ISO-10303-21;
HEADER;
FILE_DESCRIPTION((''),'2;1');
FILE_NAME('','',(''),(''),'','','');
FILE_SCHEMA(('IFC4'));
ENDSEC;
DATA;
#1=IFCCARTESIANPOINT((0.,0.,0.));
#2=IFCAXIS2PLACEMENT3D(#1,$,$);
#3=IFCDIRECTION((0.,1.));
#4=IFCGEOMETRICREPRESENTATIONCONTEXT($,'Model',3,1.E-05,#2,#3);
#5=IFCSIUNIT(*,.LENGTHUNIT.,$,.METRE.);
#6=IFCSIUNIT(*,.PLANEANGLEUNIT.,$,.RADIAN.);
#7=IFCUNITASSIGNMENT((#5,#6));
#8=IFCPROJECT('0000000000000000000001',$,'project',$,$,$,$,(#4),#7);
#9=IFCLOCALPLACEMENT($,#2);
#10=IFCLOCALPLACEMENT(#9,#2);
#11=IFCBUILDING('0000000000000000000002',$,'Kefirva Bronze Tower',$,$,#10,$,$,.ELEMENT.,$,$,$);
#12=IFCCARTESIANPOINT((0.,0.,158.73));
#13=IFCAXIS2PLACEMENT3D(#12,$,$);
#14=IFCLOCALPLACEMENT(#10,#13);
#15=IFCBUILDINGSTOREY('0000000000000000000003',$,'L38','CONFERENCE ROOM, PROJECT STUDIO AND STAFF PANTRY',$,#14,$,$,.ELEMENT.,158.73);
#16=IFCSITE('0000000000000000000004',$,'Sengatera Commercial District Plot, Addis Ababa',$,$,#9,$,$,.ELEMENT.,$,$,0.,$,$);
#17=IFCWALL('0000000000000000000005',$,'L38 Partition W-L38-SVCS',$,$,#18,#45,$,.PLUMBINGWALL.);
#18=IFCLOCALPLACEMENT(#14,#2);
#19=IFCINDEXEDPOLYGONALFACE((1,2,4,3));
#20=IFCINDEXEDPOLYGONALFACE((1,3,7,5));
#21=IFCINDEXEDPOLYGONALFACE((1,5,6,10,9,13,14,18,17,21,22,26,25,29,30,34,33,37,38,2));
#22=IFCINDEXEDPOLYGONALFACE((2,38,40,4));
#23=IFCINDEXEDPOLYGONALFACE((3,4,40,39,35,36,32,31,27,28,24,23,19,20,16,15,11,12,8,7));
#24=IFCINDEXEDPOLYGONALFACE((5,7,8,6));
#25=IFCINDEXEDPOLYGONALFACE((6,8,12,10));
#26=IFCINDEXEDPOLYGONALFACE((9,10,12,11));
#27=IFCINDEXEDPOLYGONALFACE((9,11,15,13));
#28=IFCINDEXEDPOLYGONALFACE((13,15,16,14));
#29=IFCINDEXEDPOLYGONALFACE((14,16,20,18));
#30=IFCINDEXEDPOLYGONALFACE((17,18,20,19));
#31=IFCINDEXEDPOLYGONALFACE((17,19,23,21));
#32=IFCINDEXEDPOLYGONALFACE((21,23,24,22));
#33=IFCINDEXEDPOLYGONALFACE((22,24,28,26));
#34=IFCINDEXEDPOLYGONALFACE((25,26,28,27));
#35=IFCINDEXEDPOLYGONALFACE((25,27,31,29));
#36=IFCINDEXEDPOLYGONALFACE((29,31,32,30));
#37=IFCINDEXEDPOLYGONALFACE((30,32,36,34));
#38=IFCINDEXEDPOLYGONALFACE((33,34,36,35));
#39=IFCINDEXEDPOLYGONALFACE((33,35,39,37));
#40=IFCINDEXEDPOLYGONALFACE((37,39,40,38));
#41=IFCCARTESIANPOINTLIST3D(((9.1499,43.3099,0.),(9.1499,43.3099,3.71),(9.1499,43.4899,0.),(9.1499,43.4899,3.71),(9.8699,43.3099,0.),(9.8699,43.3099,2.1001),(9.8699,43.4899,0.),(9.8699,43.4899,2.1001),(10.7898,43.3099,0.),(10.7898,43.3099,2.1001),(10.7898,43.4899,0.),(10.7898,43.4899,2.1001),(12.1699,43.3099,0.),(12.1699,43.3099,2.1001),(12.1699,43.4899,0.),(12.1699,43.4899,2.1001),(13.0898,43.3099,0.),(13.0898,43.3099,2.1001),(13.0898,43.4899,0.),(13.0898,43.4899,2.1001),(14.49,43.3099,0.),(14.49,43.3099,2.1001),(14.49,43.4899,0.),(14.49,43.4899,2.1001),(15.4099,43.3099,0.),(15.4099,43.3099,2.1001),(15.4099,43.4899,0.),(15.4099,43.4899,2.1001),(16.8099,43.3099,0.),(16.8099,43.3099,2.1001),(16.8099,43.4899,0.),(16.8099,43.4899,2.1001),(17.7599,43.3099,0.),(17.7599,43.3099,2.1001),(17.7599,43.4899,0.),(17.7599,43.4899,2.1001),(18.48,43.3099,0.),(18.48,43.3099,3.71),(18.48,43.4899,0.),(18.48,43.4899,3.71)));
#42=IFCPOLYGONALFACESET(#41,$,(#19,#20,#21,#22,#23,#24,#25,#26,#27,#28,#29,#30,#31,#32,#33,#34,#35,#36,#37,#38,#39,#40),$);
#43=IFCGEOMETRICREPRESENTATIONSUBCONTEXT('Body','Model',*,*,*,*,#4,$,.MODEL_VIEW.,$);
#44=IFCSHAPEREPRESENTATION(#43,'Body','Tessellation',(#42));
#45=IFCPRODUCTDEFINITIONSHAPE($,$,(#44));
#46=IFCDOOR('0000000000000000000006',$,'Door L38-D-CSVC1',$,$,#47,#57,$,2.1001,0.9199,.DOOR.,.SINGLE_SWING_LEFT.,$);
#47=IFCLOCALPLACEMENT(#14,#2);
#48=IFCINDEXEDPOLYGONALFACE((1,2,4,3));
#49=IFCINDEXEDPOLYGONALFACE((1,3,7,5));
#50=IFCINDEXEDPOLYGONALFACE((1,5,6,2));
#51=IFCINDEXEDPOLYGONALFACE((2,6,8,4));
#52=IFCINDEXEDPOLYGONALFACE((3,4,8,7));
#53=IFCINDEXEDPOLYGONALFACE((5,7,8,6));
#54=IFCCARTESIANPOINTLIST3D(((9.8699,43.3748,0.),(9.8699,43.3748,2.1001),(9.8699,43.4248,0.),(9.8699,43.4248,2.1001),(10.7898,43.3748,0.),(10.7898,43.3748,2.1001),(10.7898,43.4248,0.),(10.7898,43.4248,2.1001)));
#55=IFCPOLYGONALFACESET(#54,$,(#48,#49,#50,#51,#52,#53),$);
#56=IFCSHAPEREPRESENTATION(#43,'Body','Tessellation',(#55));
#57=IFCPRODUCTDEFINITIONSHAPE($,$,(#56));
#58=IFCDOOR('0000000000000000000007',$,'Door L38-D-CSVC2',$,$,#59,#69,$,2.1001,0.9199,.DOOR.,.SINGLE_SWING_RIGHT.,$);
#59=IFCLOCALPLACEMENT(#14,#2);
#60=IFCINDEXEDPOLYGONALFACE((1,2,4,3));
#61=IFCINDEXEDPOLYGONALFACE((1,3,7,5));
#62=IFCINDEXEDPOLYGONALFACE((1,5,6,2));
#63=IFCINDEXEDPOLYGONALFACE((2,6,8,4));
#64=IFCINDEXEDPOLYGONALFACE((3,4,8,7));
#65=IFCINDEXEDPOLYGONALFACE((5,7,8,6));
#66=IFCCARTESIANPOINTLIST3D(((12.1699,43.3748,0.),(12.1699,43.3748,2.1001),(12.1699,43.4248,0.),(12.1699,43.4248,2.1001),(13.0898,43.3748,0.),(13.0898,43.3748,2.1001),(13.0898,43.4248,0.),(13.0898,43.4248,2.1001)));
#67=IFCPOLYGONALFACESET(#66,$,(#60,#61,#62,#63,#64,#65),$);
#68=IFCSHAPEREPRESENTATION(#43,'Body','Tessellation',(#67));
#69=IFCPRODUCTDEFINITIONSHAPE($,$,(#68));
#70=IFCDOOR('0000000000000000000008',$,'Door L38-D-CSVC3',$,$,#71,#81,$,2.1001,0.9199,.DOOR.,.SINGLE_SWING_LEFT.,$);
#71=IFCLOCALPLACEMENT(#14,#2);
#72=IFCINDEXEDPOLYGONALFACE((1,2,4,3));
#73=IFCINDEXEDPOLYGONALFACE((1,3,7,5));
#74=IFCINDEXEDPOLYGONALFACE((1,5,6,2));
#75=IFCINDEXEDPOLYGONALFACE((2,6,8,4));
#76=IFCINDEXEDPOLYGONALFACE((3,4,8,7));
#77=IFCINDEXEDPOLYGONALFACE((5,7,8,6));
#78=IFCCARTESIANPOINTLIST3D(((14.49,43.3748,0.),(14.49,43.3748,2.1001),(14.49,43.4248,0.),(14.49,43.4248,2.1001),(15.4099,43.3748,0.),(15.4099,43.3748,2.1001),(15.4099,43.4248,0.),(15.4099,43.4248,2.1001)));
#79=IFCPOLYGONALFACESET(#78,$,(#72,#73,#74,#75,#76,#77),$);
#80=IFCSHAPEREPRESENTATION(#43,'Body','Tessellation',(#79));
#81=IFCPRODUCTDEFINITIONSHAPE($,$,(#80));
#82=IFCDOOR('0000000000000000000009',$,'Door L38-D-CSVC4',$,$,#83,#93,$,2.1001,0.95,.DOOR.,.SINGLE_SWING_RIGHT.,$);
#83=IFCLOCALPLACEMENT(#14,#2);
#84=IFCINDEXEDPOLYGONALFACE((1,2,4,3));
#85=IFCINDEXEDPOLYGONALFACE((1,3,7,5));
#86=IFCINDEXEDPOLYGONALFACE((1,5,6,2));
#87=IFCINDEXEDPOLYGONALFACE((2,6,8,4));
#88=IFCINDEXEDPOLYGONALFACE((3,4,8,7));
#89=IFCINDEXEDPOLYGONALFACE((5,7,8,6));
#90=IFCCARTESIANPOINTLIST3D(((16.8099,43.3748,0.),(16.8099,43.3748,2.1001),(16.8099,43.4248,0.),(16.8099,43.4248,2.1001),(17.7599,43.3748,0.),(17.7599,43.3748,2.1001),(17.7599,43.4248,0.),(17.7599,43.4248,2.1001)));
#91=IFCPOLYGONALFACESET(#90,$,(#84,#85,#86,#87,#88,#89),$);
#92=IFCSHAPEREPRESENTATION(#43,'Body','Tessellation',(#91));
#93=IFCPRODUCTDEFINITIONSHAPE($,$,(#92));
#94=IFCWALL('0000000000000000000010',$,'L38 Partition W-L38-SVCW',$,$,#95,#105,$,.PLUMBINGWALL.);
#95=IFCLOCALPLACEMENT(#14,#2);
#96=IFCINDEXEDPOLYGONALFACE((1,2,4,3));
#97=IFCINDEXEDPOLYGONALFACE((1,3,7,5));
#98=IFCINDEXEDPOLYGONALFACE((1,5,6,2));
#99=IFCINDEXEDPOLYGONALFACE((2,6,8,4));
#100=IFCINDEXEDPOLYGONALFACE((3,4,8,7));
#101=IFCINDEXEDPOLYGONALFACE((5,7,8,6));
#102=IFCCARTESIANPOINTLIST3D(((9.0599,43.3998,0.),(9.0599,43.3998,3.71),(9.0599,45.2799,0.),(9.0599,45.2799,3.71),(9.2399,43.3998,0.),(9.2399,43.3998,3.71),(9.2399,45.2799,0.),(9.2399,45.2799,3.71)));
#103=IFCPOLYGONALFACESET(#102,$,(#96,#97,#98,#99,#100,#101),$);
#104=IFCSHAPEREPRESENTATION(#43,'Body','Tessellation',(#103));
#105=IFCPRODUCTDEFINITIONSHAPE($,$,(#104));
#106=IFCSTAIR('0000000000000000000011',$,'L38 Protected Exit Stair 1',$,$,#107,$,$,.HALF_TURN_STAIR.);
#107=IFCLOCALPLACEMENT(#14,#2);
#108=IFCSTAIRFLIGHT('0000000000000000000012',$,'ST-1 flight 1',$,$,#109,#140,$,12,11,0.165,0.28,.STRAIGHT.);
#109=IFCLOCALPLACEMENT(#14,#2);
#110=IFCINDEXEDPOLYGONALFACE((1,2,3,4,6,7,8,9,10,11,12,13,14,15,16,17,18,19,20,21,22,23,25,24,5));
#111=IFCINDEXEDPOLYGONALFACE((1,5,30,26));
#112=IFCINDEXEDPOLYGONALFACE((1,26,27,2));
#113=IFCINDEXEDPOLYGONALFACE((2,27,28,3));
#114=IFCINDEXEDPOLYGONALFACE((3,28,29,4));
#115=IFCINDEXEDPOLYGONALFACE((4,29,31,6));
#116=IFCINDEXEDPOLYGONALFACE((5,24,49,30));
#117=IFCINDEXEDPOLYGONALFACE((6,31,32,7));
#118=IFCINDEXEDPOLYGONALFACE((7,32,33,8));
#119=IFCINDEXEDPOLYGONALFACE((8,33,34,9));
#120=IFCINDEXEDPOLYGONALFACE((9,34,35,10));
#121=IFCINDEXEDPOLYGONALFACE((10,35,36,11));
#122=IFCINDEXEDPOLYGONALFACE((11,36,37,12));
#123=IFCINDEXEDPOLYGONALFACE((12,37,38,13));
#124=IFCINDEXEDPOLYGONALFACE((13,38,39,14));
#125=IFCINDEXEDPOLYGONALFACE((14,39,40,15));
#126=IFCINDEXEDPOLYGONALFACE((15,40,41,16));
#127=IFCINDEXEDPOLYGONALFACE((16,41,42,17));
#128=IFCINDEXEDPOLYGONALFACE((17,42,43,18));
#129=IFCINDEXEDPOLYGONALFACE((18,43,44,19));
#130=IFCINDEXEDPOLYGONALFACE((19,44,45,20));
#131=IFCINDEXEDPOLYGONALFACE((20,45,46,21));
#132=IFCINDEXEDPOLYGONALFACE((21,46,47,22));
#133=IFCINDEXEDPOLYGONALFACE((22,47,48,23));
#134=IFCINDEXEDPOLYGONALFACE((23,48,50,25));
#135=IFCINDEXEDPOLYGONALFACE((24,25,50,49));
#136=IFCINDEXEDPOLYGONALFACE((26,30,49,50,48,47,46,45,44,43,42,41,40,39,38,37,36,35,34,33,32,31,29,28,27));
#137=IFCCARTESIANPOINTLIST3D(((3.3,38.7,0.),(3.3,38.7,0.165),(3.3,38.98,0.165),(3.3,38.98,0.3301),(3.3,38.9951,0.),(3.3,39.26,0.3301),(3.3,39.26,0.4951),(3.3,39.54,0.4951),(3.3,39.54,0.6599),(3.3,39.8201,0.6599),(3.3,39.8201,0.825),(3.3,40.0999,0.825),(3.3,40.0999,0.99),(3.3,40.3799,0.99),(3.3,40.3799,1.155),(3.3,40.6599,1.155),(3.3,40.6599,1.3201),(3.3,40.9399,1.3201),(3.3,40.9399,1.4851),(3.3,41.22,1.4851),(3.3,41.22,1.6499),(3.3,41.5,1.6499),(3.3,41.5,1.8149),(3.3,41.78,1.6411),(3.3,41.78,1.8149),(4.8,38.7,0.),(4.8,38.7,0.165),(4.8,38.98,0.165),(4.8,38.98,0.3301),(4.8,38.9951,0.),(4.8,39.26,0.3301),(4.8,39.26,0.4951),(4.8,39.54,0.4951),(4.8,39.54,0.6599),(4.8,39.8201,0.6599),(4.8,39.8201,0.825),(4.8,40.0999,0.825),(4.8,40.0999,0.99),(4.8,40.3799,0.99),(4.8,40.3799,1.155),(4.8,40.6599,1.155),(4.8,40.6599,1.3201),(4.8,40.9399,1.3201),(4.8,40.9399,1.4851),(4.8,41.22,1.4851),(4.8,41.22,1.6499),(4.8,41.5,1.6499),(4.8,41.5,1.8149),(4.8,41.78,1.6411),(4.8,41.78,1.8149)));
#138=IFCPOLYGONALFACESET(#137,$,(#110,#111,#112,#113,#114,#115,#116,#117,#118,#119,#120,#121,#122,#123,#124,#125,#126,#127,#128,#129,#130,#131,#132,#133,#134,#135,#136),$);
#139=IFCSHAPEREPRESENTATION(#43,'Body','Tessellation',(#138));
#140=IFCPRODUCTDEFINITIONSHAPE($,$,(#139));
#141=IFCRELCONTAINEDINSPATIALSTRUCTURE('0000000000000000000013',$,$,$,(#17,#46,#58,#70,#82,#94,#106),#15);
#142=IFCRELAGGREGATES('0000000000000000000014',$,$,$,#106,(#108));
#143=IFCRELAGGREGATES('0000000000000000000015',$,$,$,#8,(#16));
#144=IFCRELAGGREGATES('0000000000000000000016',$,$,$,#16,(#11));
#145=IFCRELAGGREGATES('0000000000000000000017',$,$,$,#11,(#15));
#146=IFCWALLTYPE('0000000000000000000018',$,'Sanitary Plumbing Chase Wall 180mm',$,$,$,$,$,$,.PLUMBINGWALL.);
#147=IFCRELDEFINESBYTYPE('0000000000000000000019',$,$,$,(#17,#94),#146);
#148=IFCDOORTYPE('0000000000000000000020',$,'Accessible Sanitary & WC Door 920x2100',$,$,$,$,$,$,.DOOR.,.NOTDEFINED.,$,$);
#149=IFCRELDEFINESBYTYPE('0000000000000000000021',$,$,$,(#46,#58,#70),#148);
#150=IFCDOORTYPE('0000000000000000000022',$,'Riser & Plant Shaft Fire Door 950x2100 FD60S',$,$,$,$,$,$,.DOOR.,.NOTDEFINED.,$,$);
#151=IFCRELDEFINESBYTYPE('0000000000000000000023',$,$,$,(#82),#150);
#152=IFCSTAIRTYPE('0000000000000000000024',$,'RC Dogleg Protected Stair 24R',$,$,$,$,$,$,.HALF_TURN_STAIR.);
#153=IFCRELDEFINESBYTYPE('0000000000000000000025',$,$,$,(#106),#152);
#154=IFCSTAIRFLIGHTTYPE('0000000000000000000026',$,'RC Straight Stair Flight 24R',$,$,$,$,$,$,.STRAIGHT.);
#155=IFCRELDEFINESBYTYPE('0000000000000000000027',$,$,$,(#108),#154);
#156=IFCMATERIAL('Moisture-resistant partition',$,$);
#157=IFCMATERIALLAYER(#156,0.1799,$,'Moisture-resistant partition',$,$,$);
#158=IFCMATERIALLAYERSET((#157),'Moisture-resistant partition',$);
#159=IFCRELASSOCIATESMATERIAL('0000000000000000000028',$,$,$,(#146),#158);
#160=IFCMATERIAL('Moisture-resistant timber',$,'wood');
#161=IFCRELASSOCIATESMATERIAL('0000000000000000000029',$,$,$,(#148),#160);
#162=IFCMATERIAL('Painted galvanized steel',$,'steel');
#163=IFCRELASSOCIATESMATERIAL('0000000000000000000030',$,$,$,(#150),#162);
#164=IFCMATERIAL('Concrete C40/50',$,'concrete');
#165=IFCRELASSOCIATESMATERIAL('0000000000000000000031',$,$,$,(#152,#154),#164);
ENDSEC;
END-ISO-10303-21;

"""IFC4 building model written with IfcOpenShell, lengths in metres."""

from ifc_helpers import new_model, si_unit, direction, frame, frame_2d, origin, place, context, subcontext, project, spatial, polyline, rectangle, outline, extrude, material, layer, layer_set, type_object, element, fill, aggregate, save


model = new_model("IFC4")

# Units and contexts
model_context = context("Model", 3, precision=1e-05, world=origin(), true_north=direction((0.0, 1.0)))
body_context = subcontext(model_context, "Body", "Model", "MODEL_VIEW")
ifc_project = project(units=[si_unit("LENGTHUNIT", "METRE"), si_unit("PLANEANGLEUNIT", "RADIAN")], contexts=[model_context])

# Site, building, storey
site_placement = place(None, origin())
site = spatial("IfcSite", under=ifc_project, at=site_placement, Name="Sengatera Commercial District Plot, Addis Ababa", CompositionType="ELEMENT", RefElevation=0.0)
building_placement = place(site_placement, origin())
building = spatial("IfcBuilding", under=site, at=building_placement, Name="Kefirva Bronze Tower", CompositionType="ELEMENT")
storey_placement = place(building_placement, frame((0.0, 0.0, 158.73)))
storey = spatial("IfcBuildingStorey", under=building, at=storey_placement, Name="L38", Description="CONFERENCE ROOM, PROJECT STUDIO AND STAFF PANTRY", CompositionType="ELEMENT", Elevation=158.73)

# Wall, openings, doors
ifc_material_1 = material(Name="Moisture-resistant partition")
ifc_layer_1 = layer(ifc_material_1, 0.1799, Name="Moisture-resistant partition")
ifc_layer_set_1 = layer_set([ifc_layer_1], Name="Moisture-resistant partition")
wall_type_1 = type_object("IfcWallType", Name="Sanitary Plumbing Chase Wall 180mm", PredefinedType="PLUMBINGWALL", material=ifc_layer_set_1)
wall_1_placement = place(storey_placement, frame((9.1499, 43.3999, 0.0), z_axis=(0.0, 0.0, 1.0), x_axis=(1.0, 0.0, 0.0)))
wall_1 = element("IfcWall", 1, at=wall_1_placement, inside=storey, type_object=wall_type_1, Name="L38 Partition W-L38-SVCS", PredefinedType="PLUMBINGWALL", context=body_context, shape_type="SweptSolid", body=[
    extrude(rectangle(XDim=9.3301, YDim=0.1799, at=frame_2d((4.665, 0.0))), origin(), (0.0, 0.0, 1.0), 3.71),
])
opening_1_placement = place(wall_1_placement, frame((0.72, 0.0, 0.0)))
opening_1 = element("IfcOpeningElement", 2, at=opening_1_placement, cuts=wall_1, PredefinedType="OPENING", context=body_context, shape_type="SweptSolid", body=[
    extrude(rectangle(XDim=0.9199, YDim=2.1001, at=frame_2d((0.46, 1.05))), frame((0.0, 0.1001, 0.0), z_axis=(0.0, -1.0, 0.0), x_axis=(1.0, 0.0, 0.0)), (0.0, 0.0, 1.0), 0.2),
])
opening_2_placement = place(wall_1_placement, frame((3.02, 0.0, 0.0)))
opening_2 = element("IfcOpeningElement", 3, at=opening_2_placement, cuts=wall_1, PredefinedType="OPENING", context=body_context, shape_type="SweptSolid", body=[
    extrude(rectangle(XDim=0.9199, YDim=2.1001, at=frame_2d((0.46, 1.05))), frame((0.0, 0.1001, 0.0), z_axis=(0.0, -1.0, 0.0), x_axis=(1.0, 0.0, 0.0)), (0.0, 0.0, 1.0), 0.2),
])
opening_3_placement = place(wall_1_placement, frame((5.3401, 0.0, 0.0)))
opening_3 = element("IfcOpeningElement", 4, at=opening_3_placement, cuts=wall_1, PredefinedType="OPENING", context=body_context, shape_type="SweptSolid", body=[
    extrude(rectangle(XDim=0.9199, YDim=2.1001, at=frame_2d((0.46, 1.05))), frame((0.0, 0.1001, 0.0), z_axis=(0.0, -1.0, 0.0), x_axis=(1.0, 0.0, 0.0)), (0.0, 0.0, 1.0), 0.2),
])
opening_4_placement = place(wall_1_placement, frame((7.6599, 0.0, 0.0)))
opening_4 = element("IfcOpeningElement", 5, at=opening_4_placement, cuts=wall_1, PredefinedType="OPENING", context=body_context, shape_type="SweptSolid", body=[
    extrude(rectangle(XDim=0.95, YDim=2.1001, at=frame_2d((0.4751, 1.05))), frame((0.0, 0.1001, 0.0), z_axis=(0.0, -1.0, 0.0), x_axis=(1.0, 0.0, 0.0)), (0.0, 0.0, 1.0), 0.2),
])
ifc_material_2 = material(Name="Moisture-resistant timber", Category="wood")
door_type_1 = type_object("IfcDoorType", Name="Accessible Sanitary & WC Door 920x2100", OperationType="NOTDEFINED", PredefinedType="DOOR", material=ifc_material_2)
door_1_placement = place(opening_1_placement, origin())
door_1 = element("IfcDoor", 6, at=door_1_placement, inside=storey, type_object=door_type_1, Name="Door L38-D-CSVC1", OperationType="SINGLE_SWING_LEFT", OverallHeight=2.1001, OverallWidth=0.9199, PredefinedType="DOOR", context=body_context, shape_type="SweptSolid", body=[
    extrude(rectangle(XDim=0.9199, YDim=2.1001, at=frame_2d((0.46, 1.05))), frame((0.0, 0.0249, 0.0), z_axis=(0.0, -1.0, 0.0), x_axis=(1.0, 0.0, 0.0)), (0.0, 0.0, 1.0), 0.05),
])
fill(opening_1, door_1)
door_2_placement = place(opening_2_placement, origin())
door_2 = element("IfcDoor", 7, at=door_2_placement, inside=storey, type_object=door_type_1, Name="Door L38-D-CSVC2", OperationType="SINGLE_SWING_RIGHT", OverallHeight=2.1001, OverallWidth=0.9199, PredefinedType="DOOR", context=body_context, shape_type="SweptSolid", body=[
    extrude(rectangle(XDim=0.9199, YDim=2.1001, at=frame_2d((0.46, 1.05))), frame((0.0, 0.0249, 0.0), z_axis=(0.0, -1.0, 0.0), x_axis=(1.0, 0.0, 0.0)), (0.0, 0.0, 1.0), 0.05),
])
fill(opening_2, door_2)
door_3_placement = place(opening_3_placement, origin())
door_3 = element("IfcDoor", 8, at=door_3_placement, inside=storey, type_object=door_type_1, Name="Door L38-D-CSVC3", OperationType="SINGLE_SWING_LEFT", OverallHeight=2.1001, OverallWidth=0.9199, PredefinedType="DOOR", context=body_context, shape_type="SweptSolid", body=[
    extrude(rectangle(XDim=0.9199, YDim=2.1001, at=frame_2d((0.46, 1.05))), frame((0.0, 0.0249, 0.0), z_axis=(0.0, -1.0, 0.0), x_axis=(1.0, 0.0, 0.0)), (0.0, 0.0, 1.0), 0.05),
])
fill(opening_3, door_3)
ifc_material_3 = material(Name="Painted galvanized steel", Category="steel")
door_type_2 = type_object("IfcDoorType", Name="Riser & Plant Shaft Fire Door 950x2100 FD60S", OperationType="NOTDEFINED", PredefinedType="DOOR", material=ifc_material_3)
door_4_placement = place(opening_4_placement, origin())
door_4 = element("IfcDoor", 9, at=door_4_placement, inside=storey, type_object=door_type_2, Name="Door L38-D-CSVC4", OperationType="SINGLE_SWING_RIGHT", OverallHeight=2.1001, OverallWidth=0.95, PredefinedType="DOOR", context=body_context, shape_type="SweptSolid", body=[
    extrude(rectangle(XDim=0.95, YDim=2.1001, at=frame_2d((0.4751, 1.05))), frame((0.0, 0.0249, 0.0), z_axis=(0.0, -1.0, 0.0), x_axis=(1.0, 0.0, 0.0)), (0.0, 0.0, 1.0), 0.05),
])
fill(opening_4, door_4)

# Wall
wall_2_placement = place(storey_placement, frame((9.1499, 43.3999, 0.0), z_axis=(0.0, 0.0, 1.0), x_axis=(0.0, 1.0, 0.0)))
element("IfcWall", 10, at=wall_2_placement, inside=storey, type_object=wall_type_1, Name="L38 Partition W-L38-SVCW", PredefinedType="PLUMBINGWALL", context=body_context, shape_type="SweptSolid", body=[
    extrude(rectangle(XDim=1.8801, YDim=0.1799, at=frame_2d((0.9399, 0.0))), origin(), (0.0, 0.0, 1.0), 3.71),
])

# Stair, stair flight
ifc_material_4 = material(Name="Concrete C40/50", Category="concrete")
stair_type = type_object("IfcStairType", Name="RC Dogleg Protected Stair 24R", PredefinedType="HALF_TURN_STAIR", material=ifc_material_4)
stair_placement = place(storey_placement, origin())
stair = element("IfcStair", 11, at=stair_placement, inside=storey, type_object=stair_type, Name="L38 Protected Exit Stair 1", PredefinedType="HALF_TURN_STAIR")
stair_flight_type = type_object("IfcStairFlightType", Name="RC Straight Stair Flight 24R", PredefinedType="STRAIGHT", material=ifc_material_4)
stair_flight_placement = place(storey_placement, frame((4.05, 38.7, 0.0), z_axis=(0.0, 0.0, 1.0), x_axis=(0.0, 1.0, 0.0)))
stair_flight = element("IfcStairFlight", 12, at=stair_flight_placement, type_object=stair_flight_type, Name="ST-1 flight 1", NumberOfRisers=12, NumberOfTreads=11, PredefinedType="STRAIGHT", RiserHeight=0.165, TreadLength=0.28, context=body_context, shape_type="SweptSolid", body=[
    extrude(outline(polyline([(0.0, 0.0), (0.0, 0.165), (0.28, 0.165), (0.28, 0.3301), (0.5601, 0.3301), (0.5601, 0.4951), (0.8401, 0.4951), (0.8401, 0.6599), (1.1201, 0.6599), (1.1201, 0.825), (1.3999, 0.825), (1.3999, 0.99), (1.6799, 0.99), (1.6799, 1.155), (1.96, 1.155), (1.96, 1.3201), (2.24, 1.3201), (2.24, 1.4851), (2.52, 1.4851), (2.52, 1.6499), (2.8, 1.6499), (2.8, 1.8149), (3.0801, 1.8149), (3.0801, 1.98), (3.0801, 1.6411), (0.2952, 0.0), (0.0, 0.0)])), frame((0.0, 0.75, 0.0), z_axis=(0.0, -1.0, 0.0), x_axis=(1.0, 0.0, 0.0)), (0.0, 0.0, 1.0), 1.5),
])
aggregate(stair, [stair_flight])

save(model, "model.ifc")
